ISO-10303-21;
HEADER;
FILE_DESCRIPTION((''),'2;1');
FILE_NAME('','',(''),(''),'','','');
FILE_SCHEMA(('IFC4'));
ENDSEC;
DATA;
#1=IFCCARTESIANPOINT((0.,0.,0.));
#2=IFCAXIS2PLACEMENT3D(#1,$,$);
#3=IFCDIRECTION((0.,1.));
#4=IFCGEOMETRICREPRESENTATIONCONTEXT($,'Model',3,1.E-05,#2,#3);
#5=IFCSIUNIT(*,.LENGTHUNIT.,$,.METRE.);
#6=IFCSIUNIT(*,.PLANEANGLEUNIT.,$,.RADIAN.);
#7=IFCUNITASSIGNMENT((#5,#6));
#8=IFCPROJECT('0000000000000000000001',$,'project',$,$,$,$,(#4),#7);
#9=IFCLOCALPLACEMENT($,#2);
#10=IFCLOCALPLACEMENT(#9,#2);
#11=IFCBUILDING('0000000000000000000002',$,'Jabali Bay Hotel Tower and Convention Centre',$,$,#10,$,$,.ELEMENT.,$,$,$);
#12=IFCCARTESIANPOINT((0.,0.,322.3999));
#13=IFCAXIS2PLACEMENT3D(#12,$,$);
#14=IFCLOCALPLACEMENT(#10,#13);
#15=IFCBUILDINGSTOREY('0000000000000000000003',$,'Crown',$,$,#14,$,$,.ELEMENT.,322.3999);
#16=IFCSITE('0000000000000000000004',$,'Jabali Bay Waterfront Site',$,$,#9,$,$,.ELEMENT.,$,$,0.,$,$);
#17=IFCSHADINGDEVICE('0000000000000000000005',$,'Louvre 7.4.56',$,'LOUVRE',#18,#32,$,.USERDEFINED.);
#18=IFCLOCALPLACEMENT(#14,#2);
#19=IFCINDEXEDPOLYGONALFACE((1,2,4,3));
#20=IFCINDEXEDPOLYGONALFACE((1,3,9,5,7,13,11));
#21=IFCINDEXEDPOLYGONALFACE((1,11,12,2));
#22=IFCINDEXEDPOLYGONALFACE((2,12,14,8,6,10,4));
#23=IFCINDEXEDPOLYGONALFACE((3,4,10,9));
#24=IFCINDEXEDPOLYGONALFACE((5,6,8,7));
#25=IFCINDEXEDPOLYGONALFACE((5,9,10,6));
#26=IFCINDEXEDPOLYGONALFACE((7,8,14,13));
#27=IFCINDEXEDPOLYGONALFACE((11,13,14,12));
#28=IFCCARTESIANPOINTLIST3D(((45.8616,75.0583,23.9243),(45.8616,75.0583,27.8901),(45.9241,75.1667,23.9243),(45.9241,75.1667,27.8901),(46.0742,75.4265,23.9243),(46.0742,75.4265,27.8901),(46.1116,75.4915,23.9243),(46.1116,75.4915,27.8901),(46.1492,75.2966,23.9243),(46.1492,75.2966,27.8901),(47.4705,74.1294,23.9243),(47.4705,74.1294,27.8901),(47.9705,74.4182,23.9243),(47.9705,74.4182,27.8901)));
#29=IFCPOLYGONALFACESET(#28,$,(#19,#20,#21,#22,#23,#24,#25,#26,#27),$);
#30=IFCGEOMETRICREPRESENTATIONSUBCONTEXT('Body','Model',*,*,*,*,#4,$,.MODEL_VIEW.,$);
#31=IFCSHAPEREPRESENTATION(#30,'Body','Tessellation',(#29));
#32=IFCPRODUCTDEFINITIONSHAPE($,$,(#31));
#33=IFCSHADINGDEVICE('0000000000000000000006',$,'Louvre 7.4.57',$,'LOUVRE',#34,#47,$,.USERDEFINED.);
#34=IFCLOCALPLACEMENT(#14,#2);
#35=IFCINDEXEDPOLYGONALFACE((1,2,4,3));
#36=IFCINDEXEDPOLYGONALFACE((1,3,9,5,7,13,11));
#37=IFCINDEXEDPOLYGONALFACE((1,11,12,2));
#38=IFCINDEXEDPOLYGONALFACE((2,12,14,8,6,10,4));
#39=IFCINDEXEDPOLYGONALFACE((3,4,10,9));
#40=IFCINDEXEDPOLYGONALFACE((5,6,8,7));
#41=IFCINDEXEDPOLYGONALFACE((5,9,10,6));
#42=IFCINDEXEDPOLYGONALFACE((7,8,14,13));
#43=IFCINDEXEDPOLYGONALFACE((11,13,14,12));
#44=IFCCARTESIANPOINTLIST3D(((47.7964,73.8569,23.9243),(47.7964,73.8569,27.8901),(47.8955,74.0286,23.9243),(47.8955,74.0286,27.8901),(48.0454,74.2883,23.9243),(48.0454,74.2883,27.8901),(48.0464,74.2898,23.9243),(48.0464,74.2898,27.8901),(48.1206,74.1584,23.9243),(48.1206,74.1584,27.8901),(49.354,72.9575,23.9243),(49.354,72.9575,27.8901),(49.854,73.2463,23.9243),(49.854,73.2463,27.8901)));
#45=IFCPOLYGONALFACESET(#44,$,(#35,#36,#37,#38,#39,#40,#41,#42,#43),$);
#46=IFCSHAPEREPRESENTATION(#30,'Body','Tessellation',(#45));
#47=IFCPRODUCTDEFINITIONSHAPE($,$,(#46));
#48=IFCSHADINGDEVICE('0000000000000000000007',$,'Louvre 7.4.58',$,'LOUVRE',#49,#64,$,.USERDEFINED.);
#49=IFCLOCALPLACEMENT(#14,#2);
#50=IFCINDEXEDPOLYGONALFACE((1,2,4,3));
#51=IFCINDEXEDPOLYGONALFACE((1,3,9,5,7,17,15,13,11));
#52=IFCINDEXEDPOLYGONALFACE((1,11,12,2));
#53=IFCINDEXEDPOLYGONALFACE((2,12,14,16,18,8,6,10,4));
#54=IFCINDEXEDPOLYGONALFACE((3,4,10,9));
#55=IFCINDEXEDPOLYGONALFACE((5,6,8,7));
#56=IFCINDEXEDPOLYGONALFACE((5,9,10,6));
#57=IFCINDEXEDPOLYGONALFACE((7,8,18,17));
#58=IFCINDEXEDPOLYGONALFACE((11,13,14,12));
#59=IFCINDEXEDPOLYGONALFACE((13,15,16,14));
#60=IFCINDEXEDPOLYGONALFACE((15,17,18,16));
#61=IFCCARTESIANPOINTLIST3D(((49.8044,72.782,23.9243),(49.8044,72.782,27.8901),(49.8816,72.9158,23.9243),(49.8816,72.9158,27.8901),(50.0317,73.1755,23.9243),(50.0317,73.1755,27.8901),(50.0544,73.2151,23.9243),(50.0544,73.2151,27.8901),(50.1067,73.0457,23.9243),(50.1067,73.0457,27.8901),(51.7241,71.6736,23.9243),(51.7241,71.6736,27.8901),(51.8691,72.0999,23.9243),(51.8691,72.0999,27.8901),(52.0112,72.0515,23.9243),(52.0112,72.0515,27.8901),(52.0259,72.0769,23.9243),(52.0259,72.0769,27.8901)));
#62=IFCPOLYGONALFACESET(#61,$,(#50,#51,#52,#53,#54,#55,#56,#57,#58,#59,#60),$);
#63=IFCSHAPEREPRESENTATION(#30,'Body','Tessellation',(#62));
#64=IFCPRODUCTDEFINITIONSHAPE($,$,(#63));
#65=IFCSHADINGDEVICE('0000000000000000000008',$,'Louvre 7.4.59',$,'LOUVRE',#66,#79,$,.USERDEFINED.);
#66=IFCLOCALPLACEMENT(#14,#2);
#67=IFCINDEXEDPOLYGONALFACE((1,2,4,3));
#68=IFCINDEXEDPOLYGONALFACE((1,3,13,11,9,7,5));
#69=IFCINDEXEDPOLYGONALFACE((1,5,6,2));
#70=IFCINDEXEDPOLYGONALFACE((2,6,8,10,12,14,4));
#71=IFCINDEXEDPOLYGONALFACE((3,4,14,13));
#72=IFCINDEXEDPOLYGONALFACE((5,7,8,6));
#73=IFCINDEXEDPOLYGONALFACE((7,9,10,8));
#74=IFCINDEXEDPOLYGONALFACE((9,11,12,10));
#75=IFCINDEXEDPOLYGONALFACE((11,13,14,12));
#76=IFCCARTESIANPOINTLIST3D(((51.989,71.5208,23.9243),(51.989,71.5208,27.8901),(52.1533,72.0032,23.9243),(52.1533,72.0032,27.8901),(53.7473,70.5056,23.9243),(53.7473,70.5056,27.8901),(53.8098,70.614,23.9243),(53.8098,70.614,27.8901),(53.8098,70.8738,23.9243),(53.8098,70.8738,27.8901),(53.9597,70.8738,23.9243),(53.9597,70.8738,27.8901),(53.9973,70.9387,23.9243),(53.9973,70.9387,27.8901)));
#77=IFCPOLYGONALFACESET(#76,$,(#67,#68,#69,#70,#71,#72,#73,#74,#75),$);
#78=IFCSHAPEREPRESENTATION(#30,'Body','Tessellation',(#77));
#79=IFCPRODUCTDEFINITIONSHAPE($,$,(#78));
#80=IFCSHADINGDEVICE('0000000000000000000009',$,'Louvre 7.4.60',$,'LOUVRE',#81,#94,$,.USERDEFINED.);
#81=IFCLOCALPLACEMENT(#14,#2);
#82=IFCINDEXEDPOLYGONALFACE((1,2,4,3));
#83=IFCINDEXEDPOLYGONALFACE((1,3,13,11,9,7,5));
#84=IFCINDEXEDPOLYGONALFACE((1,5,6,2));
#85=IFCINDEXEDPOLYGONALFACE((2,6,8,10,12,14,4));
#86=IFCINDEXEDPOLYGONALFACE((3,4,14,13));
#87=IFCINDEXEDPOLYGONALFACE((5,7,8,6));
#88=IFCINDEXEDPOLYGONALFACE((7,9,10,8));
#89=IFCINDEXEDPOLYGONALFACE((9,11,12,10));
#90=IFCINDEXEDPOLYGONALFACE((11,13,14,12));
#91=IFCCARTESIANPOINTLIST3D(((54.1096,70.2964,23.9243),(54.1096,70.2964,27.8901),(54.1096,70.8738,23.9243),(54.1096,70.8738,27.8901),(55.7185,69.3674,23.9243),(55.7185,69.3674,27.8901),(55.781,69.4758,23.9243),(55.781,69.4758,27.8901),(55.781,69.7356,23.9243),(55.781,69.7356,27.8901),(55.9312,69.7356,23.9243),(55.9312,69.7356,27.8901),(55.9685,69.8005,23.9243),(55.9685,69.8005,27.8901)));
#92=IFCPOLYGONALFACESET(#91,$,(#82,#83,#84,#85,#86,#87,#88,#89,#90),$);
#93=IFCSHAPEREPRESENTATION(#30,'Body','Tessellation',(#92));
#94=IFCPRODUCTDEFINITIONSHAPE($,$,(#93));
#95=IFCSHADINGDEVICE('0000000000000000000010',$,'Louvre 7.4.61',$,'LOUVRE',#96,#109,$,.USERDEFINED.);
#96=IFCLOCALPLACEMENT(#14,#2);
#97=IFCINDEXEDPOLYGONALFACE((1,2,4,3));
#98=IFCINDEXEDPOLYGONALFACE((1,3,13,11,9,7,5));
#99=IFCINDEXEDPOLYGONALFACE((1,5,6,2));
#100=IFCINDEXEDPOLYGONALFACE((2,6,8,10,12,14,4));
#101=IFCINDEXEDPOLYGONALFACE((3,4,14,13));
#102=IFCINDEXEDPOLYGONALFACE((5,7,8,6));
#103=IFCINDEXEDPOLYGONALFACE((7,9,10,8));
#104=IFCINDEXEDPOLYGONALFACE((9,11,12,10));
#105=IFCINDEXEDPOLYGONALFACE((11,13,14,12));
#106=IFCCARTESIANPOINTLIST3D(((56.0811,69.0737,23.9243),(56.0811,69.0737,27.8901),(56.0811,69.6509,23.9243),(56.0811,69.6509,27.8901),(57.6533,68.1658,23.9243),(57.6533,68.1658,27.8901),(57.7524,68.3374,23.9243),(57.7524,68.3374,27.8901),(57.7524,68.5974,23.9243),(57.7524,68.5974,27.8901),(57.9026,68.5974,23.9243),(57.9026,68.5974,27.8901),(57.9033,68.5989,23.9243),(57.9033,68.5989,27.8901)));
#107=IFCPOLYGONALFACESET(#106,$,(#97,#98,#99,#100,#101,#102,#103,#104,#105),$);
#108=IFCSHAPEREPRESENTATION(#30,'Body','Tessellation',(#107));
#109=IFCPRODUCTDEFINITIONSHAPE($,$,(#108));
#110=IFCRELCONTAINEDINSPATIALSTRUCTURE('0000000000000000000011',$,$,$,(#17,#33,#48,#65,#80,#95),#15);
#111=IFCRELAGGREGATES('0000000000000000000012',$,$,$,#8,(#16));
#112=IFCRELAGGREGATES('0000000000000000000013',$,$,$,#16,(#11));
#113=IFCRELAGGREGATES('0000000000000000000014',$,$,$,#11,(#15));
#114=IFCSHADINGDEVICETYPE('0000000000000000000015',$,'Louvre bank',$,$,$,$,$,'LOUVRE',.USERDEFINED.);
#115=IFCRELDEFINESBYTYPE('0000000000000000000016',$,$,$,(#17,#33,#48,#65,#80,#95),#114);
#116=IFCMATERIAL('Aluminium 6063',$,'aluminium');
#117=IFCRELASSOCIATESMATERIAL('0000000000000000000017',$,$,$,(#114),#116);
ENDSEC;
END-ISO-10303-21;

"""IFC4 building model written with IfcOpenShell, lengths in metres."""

from ifc_helpers import new_model, si_unit, direction, frame, origin, place, context, subcontext, project, spatial, polyline, outline, extrude, material, type_object, element, save


model = new_model("IFC4")

# Units and contexts
model_context = context("Model", 3, precision=1e-05, world=origin(), true_north=direction((0.0, 1.0)))
body_context = subcontext(model_context, "Body", "Model", "MODEL_VIEW")
ifc_project = project(units=[si_unit("LENGTHUNIT", "METRE"), si_unit("PLANEANGLEUNIT", "RADIAN")], contexts=[model_context])

# Site, building, storey
site_placement = place(None, origin())
site = spatial("IfcSite", under=ifc_project, at=site_placement, Name="Jabali Bay Waterfront Site", CompositionType="ELEMENT", RefElevation=0.0)
building_placement = place(site_placement, origin())
building = spatial("IfcBuilding", under=site, at=building_placement, Name="Jabali Bay Hotel Tower and Convention Centre", CompositionType="ELEMENT")
storey_placement = place(building_placement, frame((0.0, 0.0, 322.3999)))
storey = spatial("IfcBuildingStorey", under=building, at=storey_placement, Name="Crown", CompositionType="ELEMENT", Elevation=322.3999)

# Shading devices
ifc_material = material(Name="Aluminium 6063", Category="aluminium")
shading_device_type = type_object("IfcShadingDeviceType", Name="Louvre bank", ElementType="LOUVRE", PredefinedType="USERDEFINED", material=ifc_material)
shading_device_1_placement = place(storey_placement, frame((0.0, 0.0, 23.9243)))
element("IfcShadingDevice", 1, at=shading_device_1_placement, inside=storey, type_object=shading_device_type, Name="Louvre 7.4.56", ObjectType="LOUVRE", PredefinedType="USERDEFINED", context=body_context, shape_type="SweptSolid", body=[
    extrude(outline(polyline([(47.9705, 74.4182), (46.1116, 75.4915), (46.0742, 75.4265), (46.1492, 75.2966), (45.9241, 75.1667), (45.8616, 75.0583), (47.4705, 74.1294), (47.9705, 74.4182)])), origin(), (0.0, 0.0, 1.0), 3.9658),
])
shading_device_2_placement = place(storey_placement, frame((0.0, 0.0, 23.9243)))
element("IfcShadingDevice", 2, at=shading_device_2_placement, inside=storey, type_object=shading_device_type, Name="Louvre 7.4.57", ObjectType="LOUVRE", PredefinedType="USERDEFINED", context=body_context, shape_type="SweptSolid", body=[
    extrude(outline(polyline([(49.854, 73.2463), (48.0464, 74.2898), (48.0454, 74.2883), (48.1206, 74.1584), (47.8955, 74.0286), (47.7964, 73.8569), (49.354, 72.9575), (49.854, 73.2463)])), origin(), (0.0, 0.0, 1.0), 3.9658),
])
shading_device_3_placement = place(storey_placement, frame((0.0, 0.0, 23.9243)))
element("IfcShadingDevice", 3, at=shading_device_3_placement, inside=storey, type_object=shading_device_type, Name="Louvre 7.4.58", ObjectType="LOUVRE", PredefinedType="USERDEFINED", context=body_context, shape_type="SweptSolid", body=[
    extrude(outline(polyline([(52.0259, 72.0769), (50.0544, 73.2151), (50.0317, 73.1755), (50.1067, 73.0457), (49.8816, 72.9158), (49.8044, 72.782), (51.7241, 71.6736), (51.8691, 72.0999), (52.0112, 72.0515), (52.0259, 72.0769)])), origin(), (0.0, 0.0, 1.0), 3.9658),
])
shading_device_4_placement = place(storey_placement, frame((0.0, 0.0, 23.9243)))
element("IfcShadingDevice", 4, at=shading_device_4_placement, inside=storey, type_object=shading_device_type, Name="Louvre 7.4.59", ObjectType="LOUVRE", PredefinedType="USERDEFINED", context=body_context, shape_type="SweptSolid", body=[
    extrude(outline(polyline([(53.9973, 70.9387), (52.1533, 72.0032), (51.989, 71.5208), (53.7473, 70.5056), (53.8098, 70.614), (53.8098, 70.8738), (53.9597, 70.8738), (53.9973, 70.9387)])), origin(), (0.0, 0.0, 1.0), 3.9658),
])
shading_device_5_placement = place(storey_placement, frame((0.0, 0.0, 23.9243)))
element("IfcShadingDevice", 5, at=shading_device_5_placement, inside=storey, type_object=shading_device_type, Name="Louvre 7.4.60", ObjectType="LOUVRE", PredefinedType="USERDEFINED", context=body_context, shape_type="SweptSolid", body=[
    extrude(outline(polyline([(55.9685, 69.8005), (54.1096, 70.8738), (54.1096, 70.2964), (55.7185, 69.3674), (55.781, 69.4758), (55.781, 69.7356), (55.9312, 69.7356), (55.9685, 69.8005)])), origin(), (0.0, 0.0, 1.0), 3.9658),
])
shading_device_6_placement = place(storey_placement, frame((0.0, 0.0, 23.9243)))
element("IfcShadingDevice", 6, at=shading_device_6_placement, inside=storey, type_object=shading_device_type, Name="Louvre 7.4.61", ObjectType="LOUVRE", PredefinedType="USERDEFINED", context=body_context, shape_type="SweptSolid", body=[
    extrude(outline(polyline([(57.9033, 68.5989), (56.0811, 69.6509), (56.0811, 69.0737), (57.6533, 68.1658), (57.7524, 68.3374), (57.7524, 68.5974), (57.9026, 68.5974), (57.9033, 68.5989)])), origin(), (0.0, 0.0, 1.0), 3.9658),
])

save(model, "model.ifc")
